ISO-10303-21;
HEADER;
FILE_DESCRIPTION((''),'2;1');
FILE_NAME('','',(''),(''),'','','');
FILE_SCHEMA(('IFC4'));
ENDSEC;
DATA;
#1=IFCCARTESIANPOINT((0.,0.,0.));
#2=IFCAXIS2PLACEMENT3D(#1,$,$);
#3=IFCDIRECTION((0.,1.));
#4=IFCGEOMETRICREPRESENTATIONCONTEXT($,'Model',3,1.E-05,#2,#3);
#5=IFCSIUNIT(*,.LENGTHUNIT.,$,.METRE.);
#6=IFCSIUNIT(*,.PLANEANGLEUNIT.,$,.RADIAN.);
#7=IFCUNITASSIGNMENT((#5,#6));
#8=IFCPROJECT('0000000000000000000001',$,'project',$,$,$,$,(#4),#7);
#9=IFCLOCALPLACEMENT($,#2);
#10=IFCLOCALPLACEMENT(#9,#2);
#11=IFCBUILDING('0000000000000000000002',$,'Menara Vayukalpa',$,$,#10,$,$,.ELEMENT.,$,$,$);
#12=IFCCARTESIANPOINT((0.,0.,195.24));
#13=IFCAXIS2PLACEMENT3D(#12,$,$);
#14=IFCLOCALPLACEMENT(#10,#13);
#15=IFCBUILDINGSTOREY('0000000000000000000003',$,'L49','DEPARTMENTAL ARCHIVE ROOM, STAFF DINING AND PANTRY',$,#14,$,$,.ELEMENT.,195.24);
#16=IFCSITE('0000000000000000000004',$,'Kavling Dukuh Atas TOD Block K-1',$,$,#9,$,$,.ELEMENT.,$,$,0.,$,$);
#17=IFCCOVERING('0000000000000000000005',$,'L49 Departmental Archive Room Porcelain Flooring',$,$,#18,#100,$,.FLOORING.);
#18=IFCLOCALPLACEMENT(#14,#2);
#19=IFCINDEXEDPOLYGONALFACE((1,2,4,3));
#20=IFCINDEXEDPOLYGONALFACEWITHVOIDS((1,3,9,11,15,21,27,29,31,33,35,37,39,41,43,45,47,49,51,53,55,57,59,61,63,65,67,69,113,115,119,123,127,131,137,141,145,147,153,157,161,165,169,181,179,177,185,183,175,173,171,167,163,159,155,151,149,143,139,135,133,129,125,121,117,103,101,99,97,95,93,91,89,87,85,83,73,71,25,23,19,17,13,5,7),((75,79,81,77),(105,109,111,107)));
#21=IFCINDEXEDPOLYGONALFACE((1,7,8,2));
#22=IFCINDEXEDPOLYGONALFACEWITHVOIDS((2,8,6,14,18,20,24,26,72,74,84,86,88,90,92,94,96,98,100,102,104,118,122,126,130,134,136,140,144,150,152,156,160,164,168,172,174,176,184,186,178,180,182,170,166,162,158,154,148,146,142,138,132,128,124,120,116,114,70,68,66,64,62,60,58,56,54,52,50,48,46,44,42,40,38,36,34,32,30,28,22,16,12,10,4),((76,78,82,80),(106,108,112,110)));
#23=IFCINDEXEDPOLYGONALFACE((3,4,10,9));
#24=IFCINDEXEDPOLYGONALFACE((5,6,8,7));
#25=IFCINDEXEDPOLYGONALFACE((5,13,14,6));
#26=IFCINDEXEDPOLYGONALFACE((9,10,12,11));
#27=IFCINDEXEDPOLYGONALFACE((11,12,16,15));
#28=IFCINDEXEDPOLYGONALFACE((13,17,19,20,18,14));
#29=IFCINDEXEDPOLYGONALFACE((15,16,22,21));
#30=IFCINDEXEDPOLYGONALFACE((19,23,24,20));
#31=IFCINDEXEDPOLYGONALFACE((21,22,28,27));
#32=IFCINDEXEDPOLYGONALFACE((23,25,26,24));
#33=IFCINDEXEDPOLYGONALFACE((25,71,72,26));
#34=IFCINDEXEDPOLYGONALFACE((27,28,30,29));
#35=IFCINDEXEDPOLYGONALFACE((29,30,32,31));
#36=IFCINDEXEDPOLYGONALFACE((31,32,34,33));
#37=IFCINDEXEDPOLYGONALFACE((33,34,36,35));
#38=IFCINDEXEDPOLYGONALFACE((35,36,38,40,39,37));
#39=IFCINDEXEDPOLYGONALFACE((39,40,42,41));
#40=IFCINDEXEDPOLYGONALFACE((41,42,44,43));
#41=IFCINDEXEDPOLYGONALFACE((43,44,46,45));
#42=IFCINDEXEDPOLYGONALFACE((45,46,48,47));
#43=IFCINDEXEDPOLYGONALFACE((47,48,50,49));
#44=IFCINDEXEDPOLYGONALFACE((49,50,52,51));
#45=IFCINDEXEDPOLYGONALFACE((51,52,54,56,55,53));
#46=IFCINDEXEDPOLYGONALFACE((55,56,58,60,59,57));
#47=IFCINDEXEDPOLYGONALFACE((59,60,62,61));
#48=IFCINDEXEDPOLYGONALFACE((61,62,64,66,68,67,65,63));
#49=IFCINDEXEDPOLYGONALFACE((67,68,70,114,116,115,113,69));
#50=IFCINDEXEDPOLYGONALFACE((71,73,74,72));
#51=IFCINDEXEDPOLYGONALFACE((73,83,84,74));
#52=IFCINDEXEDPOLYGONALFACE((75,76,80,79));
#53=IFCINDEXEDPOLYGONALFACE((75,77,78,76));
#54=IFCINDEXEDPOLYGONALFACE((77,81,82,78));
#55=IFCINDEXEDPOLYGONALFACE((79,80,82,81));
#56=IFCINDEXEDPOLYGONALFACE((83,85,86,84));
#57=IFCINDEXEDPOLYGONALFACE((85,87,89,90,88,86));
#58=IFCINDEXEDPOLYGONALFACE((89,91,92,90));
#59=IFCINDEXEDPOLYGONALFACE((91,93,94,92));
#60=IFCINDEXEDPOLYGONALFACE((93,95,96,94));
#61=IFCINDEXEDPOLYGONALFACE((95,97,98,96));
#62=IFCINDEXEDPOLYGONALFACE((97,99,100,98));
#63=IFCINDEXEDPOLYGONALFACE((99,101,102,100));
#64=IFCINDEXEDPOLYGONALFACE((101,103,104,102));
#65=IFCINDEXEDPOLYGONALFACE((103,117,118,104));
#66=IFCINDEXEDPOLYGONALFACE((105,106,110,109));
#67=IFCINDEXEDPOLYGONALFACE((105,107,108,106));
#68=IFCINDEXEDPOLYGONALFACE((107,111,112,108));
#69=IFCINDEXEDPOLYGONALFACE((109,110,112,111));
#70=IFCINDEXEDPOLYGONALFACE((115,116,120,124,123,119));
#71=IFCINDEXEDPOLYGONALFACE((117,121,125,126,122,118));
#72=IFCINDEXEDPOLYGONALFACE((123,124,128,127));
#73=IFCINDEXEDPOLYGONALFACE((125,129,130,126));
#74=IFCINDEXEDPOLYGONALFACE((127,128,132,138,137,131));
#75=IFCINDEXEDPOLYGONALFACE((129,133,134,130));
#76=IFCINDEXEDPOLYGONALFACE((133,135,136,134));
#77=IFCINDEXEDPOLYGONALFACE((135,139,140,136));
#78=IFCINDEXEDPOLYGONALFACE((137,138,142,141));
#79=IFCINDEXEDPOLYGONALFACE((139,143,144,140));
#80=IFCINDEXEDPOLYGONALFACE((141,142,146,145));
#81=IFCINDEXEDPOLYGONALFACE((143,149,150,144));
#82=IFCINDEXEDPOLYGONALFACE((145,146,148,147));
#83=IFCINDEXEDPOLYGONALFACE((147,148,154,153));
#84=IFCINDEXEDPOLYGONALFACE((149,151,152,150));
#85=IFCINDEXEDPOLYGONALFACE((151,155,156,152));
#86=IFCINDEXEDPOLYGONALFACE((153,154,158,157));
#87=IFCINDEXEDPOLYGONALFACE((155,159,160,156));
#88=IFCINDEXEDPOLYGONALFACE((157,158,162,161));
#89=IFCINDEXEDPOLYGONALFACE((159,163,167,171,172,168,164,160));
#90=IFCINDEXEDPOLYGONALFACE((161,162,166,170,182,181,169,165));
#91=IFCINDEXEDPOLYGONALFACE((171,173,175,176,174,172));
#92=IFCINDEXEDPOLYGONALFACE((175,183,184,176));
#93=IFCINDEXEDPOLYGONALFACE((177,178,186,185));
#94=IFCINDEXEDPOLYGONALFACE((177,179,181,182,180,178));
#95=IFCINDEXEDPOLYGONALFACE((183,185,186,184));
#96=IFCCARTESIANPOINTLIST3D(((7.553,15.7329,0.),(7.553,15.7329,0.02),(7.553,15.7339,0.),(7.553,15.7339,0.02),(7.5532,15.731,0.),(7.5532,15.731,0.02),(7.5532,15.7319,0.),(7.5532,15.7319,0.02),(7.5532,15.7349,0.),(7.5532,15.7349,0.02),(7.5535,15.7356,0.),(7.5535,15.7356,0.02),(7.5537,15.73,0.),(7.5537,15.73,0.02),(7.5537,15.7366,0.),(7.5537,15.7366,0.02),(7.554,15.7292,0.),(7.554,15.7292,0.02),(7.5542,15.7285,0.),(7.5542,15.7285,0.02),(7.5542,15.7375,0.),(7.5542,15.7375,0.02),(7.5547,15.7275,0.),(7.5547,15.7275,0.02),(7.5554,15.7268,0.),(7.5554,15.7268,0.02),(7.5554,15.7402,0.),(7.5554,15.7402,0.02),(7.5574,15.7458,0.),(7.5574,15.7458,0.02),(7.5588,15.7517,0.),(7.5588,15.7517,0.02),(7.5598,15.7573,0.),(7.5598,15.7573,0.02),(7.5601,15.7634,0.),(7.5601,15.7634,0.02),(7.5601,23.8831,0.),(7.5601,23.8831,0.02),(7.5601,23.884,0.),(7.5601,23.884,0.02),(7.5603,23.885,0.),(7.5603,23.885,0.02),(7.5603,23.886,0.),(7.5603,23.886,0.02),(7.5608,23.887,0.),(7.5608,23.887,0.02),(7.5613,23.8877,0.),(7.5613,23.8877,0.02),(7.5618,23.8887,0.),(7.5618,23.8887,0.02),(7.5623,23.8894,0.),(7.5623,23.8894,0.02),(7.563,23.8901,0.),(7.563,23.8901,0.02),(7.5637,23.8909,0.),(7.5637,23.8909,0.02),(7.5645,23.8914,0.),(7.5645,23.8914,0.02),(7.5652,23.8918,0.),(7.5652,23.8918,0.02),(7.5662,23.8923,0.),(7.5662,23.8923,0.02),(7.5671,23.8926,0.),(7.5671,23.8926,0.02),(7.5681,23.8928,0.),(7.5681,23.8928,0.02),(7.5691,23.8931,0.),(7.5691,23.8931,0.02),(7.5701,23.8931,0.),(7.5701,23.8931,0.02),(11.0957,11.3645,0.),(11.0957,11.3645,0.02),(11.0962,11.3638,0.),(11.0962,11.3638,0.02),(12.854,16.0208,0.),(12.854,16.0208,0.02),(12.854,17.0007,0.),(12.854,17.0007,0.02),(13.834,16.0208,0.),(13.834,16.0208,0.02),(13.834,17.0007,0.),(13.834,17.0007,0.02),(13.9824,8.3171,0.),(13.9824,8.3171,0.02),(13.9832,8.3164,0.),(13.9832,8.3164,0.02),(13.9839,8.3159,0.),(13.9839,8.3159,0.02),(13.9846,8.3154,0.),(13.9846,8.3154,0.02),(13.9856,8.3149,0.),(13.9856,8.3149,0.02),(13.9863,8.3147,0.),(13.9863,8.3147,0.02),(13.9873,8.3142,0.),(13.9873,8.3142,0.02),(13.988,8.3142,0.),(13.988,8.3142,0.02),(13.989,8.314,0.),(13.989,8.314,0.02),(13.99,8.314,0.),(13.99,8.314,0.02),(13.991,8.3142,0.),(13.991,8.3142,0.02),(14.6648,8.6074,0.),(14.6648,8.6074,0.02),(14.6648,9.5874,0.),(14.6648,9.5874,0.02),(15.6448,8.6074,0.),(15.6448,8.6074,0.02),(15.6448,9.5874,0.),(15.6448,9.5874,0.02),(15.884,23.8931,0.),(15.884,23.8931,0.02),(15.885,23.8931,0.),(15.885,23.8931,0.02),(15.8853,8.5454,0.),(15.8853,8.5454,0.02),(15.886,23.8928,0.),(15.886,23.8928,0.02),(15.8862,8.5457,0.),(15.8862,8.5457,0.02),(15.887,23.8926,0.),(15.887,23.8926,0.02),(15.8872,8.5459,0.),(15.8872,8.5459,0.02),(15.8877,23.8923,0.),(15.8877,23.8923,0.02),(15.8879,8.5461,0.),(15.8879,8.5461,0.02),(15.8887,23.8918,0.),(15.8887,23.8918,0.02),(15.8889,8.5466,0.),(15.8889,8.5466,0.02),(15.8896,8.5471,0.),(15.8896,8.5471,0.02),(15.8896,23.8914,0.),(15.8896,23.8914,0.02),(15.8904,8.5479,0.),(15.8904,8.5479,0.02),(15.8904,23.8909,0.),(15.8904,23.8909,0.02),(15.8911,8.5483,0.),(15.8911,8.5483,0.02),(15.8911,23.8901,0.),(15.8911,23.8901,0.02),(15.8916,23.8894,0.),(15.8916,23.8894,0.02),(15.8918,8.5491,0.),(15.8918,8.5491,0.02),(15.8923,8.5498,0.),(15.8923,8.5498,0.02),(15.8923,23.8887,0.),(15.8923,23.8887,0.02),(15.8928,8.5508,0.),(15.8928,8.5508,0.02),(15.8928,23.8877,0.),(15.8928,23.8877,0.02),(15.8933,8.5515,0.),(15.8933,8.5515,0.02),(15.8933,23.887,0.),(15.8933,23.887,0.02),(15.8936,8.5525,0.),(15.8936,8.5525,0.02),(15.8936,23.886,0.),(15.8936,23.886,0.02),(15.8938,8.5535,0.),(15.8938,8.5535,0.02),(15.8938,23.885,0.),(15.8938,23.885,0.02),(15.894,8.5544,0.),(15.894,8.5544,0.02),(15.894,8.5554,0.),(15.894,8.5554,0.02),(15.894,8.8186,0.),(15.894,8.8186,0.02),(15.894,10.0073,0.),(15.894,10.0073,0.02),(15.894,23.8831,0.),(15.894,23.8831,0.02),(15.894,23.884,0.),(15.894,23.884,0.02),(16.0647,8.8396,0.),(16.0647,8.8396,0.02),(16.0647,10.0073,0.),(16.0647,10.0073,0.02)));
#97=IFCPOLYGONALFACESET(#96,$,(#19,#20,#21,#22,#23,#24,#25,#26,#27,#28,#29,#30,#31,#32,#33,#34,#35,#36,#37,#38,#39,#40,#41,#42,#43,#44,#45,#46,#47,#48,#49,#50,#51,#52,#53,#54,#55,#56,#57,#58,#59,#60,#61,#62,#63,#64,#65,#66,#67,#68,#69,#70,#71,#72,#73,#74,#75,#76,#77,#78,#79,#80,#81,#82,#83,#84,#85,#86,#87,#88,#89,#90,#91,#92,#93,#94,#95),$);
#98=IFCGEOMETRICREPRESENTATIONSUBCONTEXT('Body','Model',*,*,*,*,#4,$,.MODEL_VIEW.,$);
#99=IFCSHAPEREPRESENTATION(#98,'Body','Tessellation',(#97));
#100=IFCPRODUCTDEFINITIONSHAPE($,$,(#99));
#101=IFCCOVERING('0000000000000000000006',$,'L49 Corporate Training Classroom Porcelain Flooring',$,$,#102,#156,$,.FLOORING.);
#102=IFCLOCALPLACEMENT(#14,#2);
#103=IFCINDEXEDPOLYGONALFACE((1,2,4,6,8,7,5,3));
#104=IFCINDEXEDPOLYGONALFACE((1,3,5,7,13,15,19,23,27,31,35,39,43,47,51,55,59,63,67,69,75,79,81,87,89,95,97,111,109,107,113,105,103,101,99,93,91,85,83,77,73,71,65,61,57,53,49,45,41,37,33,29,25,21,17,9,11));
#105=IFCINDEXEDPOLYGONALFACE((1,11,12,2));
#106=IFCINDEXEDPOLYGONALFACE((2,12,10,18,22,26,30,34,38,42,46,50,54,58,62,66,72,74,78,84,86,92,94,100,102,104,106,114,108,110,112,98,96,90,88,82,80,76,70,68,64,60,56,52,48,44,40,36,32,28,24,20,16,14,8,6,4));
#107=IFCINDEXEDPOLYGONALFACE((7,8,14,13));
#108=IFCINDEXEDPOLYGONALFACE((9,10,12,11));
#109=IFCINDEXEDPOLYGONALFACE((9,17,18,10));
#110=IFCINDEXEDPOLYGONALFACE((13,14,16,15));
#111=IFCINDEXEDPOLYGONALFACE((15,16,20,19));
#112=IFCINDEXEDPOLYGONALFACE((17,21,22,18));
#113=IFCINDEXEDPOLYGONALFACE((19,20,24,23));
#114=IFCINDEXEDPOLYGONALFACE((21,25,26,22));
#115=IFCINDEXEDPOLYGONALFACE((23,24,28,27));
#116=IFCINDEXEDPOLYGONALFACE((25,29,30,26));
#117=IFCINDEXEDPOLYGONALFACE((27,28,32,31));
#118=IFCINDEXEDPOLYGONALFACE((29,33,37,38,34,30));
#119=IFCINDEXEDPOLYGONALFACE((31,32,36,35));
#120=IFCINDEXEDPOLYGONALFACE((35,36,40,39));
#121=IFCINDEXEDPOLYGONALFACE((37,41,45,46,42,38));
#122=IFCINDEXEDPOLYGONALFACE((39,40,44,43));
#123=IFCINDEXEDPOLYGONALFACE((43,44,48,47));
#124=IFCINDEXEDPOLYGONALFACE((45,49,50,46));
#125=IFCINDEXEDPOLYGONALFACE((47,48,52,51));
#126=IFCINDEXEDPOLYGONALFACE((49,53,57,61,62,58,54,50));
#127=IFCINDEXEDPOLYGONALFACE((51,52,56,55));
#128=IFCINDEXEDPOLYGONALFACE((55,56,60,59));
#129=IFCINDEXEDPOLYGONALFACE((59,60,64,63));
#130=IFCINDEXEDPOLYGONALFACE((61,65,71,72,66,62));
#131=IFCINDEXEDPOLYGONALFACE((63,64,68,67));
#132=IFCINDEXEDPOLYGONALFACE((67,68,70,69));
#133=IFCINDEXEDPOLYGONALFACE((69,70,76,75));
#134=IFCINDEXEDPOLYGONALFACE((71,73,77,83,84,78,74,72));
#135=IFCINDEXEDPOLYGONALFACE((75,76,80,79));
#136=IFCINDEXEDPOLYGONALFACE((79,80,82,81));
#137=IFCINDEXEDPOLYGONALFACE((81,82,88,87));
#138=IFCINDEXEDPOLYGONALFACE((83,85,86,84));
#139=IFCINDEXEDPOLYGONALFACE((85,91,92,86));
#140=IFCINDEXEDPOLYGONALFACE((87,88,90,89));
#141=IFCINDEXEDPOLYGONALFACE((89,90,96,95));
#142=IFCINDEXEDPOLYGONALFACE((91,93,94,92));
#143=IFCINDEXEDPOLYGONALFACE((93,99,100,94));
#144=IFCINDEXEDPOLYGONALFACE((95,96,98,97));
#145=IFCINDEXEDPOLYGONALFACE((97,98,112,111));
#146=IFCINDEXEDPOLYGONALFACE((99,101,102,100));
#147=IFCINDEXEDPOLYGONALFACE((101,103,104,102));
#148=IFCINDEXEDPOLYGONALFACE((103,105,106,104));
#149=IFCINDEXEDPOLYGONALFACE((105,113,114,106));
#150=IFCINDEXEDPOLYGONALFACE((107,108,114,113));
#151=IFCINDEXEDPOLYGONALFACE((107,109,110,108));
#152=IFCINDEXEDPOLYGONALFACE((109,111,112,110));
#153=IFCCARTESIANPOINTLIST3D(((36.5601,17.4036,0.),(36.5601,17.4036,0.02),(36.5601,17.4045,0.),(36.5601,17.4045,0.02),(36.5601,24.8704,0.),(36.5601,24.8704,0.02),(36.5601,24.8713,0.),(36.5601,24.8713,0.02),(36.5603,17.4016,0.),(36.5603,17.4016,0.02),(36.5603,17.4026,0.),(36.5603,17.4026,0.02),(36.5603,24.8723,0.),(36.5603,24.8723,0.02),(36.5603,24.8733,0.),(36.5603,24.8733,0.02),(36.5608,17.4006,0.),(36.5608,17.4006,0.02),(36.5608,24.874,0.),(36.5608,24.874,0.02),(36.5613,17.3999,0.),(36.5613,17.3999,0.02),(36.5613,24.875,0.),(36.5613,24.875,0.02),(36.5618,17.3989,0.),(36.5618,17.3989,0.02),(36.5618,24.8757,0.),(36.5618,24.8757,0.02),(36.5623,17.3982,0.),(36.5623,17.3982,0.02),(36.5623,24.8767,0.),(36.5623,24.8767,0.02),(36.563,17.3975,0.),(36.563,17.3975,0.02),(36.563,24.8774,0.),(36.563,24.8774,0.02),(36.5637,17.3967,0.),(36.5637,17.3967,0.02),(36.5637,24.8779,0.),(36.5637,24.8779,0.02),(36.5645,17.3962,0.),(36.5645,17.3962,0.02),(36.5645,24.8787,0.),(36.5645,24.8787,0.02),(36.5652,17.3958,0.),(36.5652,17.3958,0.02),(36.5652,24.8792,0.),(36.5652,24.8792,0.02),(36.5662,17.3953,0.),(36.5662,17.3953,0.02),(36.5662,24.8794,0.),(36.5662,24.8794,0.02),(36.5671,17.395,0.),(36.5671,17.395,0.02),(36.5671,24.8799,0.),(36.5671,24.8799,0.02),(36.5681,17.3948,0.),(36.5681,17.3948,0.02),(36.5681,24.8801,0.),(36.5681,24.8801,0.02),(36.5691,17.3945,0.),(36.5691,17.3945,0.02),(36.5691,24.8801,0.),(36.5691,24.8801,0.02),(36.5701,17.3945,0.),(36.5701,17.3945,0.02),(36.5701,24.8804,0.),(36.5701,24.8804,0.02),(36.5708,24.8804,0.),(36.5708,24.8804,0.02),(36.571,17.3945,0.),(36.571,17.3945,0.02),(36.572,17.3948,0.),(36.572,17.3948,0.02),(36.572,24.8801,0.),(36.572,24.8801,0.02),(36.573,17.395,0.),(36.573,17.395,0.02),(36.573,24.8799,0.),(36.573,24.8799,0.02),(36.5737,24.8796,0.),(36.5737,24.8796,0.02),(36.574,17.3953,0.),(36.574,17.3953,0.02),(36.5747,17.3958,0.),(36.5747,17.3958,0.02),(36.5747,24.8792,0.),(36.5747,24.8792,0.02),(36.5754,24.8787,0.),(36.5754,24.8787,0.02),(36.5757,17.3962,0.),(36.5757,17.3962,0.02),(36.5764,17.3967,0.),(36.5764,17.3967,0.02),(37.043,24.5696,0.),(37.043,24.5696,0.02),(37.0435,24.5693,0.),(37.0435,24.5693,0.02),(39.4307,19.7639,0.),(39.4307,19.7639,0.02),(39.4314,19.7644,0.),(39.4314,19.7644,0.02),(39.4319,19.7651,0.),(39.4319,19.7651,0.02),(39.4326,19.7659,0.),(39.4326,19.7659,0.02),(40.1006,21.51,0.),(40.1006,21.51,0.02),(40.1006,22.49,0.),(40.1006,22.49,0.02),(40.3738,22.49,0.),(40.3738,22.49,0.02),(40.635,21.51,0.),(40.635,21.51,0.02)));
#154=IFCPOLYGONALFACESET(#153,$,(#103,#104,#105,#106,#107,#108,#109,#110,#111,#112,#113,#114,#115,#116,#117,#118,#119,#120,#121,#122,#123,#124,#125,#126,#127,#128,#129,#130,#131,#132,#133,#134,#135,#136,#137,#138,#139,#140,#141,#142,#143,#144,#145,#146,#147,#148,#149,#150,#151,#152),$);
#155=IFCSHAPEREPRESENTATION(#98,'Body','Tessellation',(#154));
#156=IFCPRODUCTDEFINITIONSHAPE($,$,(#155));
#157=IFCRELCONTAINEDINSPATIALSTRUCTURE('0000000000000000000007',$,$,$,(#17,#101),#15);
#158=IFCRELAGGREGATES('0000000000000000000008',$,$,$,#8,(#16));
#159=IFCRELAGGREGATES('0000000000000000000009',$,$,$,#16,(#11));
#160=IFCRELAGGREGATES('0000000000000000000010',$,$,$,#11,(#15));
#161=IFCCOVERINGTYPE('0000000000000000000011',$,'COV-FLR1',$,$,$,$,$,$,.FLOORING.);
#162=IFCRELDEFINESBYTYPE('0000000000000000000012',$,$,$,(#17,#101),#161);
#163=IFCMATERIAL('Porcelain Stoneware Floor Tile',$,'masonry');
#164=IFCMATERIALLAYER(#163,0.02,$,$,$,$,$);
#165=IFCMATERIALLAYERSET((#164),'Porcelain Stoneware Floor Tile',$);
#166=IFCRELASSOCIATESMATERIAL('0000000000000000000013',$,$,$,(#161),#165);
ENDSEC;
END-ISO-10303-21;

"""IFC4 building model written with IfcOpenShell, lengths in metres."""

from ifc_helpers import new_model, si_unit, direction, frame, origin, place, context, subcontext, project, spatial, polyline, outline, extrude, material, layer, layer_set, type_object, element, save


model = new_model("IFC4")

# Units and contexts
model_context = context("Model", 3, precision=1e-05, world=origin(), true_north=direction((0.0, 1.0)))
body_context = subcontext(model_context, "Body", "Model", "MODEL_VIEW")
ifc_project = project(units=[si_unit("LENGTHUNIT", "METRE"), si_unit("PLANEANGLEUNIT", "RADIAN")], contexts=[model_context])

# Site, building, storey
site_placement = place(None, origin())
site = spatial("IfcSite", under=ifc_project, at=site_placement, Name="Kavling Dukuh Atas TOD Block K-1", CompositionType="ELEMENT", RefElevation=0.0)
building_placement = place(site_placement, origin())
building = spatial("IfcBuilding", under=site, at=building_placement, Name="Menara Vayukalpa", CompositionType="ELEMENT")
storey_placement = place(building_placement, frame((0.0, 0.0, 195.24)))
storey = spatial("IfcBuildingStorey", under=building, at=storey_placement, Name="L49", Description="DEPARTMENTAL ARCHIVE ROOM, STAFF DINING AND PANTRY", CompositionType="ELEMENT", Elevation=195.24)

# Coverings
ifc_material_1 = material(Name="Porcelain Stoneware Floor Tile", Category="masonry")
ifc_layer_1 = layer(ifc_material_1, 0.02)
ifc_layer_set_1 = layer_set([ifc_layer_1], Name="Porcelain Stoneware Floor Tile")
covering_type_1 = type_object("IfcCoveringType", Name="COV-FLR1", PredefinedType="FLOORING", material=ifc_layer_set_1)
covering_1_placement = place(storey_placement, origin())
element("IfcCovering", 1, at=covering_1_placement, inside=storey, type_object=covering_type_1, Name="L49 Departmental Archive Room Porcelain Flooring", PredefinedType="FLOORING", context=body_context, shape_type="SweptSolid", body=[
    extrude(outline(polyline([(16.0647, 8.8396), (15.894, 8.8186), (15.894, 8.5554), (15.894, 8.5544), (15.8938, 8.5535), (15.8936, 8.5525), (15.8933, 8.5515), (15.8928, 8.5508), (15.8923, 8.5498), (15.8918, 8.5491), (15.8911, 8.5483), (15.8904, 8.5479), (15.8896, 8.5471), (15.8889, 8.5466), (15.8879, 8.5461), (15.8872, 8.5459), (15.8862, 8.5457), (15.8853, 8.5454), (13.991, 8.3142), (13.99, 8.314), (13.989, 8.314), (13.988, 8.3142), (13.9873, 8.3142), (13.9863, 8.3147), (13.9856, 8.3149), (13.9846, 8.3154), (13.9839, 8.3159), (13.9832, 8.3164), (13.9824, 8.3171), (11.0962, 11.3638), (11.0957, 11.3645), (7.5554, 15.7268), (7.5547, 15.7275), (7.5542, 15.7285), (7.554, 15.7292), (7.5537, 15.73), (7.5532, 15.731), (7.5532, 15.7319), (7.553, 15.7329), (7.553, 15.7339), (7.5532, 15.7349), (7.5535, 15.7356), (7.5537, 15.7366), (7.5542, 15.7375), (7.5554, 15.7402), (7.5574, 15.7458), (7.5588, 15.7517), (7.5598, 15.7573), (7.5601, 15.7634), (7.5601, 23.8831), (7.5601, 23.884), (7.5603, 23.885), (7.5603, 23.886), (7.5608, 23.887), (7.5613, 23.8877), (7.5618, 23.8887), (7.5623, 23.8894), (7.563, 23.8901), (7.5637, 23.8909), (7.5645, 23.8914), (7.5652, 23.8918), (7.5662, 23.8923), (7.5671, 23.8926), (7.5681, 23.8928), (7.5691, 23.8931), (7.5701, 23.8931), (15.884, 23.8931), (15.885, 23.8931), (15.886, 23.8928), (15.887, 23.8926), (15.8877, 23.8923), (15.8887, 23.8918), (15.8896, 23.8914), (15.8904, 23.8909), (15.8911, 23.8901), (15.8916, 23.8894), (15.8923, 23.8887), (15.8928, 23.8877), (15.8933, 23.887), (15.8936, 23.886), (15.8938, 23.885), (15.894, 23.884), (15.894, 23.8831), (15.894, 10.0073), (16.0647, 10.0073), (16.0647, 8.8396)]), holes=[polyline([(15.6448, 9.5874), (14.6648, 9.5874), (14.6648, 8.6074), (15.6448, 8.6074), (15.6448, 9.5874)]), polyline([(13.834, 17.0007), (12.854, 17.0007), (12.854, 16.0208), (13.834, 16.0208), (13.834, 17.0007)])]), origin(), (0.0, 0.0, 1.0), 0.02),
])
covering_2_placement = place(storey_placement, origin())
element("IfcCovering", 2, at=covering_2_placement, inside=storey, type_object=covering_type_1, Name="L49 Corporate Training Classroom Porcelain Flooring", PredefinedType="FLOORING", context=body_context, shape_type="SweptSolid", body=[
    extrude(outline(polyline([(37.0435, 24.5693), (40.3738, 22.49), (40.1006, 22.49), (40.1006, 21.51), (40.635, 21.51), (39.4326, 19.7659), (39.4319, 19.7651), (39.4314, 19.7644), (39.4307, 19.7639), (36.5764, 17.3967), (36.5757, 17.3962), (36.5747, 17.3958), (36.574, 17.3953), (36.573, 17.395), (36.572, 17.3948), (36.571, 17.3945), (36.5701, 17.3945), (36.5691, 17.3945), (36.5681, 17.3948), (36.5671, 17.395), (36.5662, 17.3953), (36.5652, 17.3958), (36.5645, 17.3962), (36.5637, 17.3967), (36.563, 17.3975), (36.5623, 17.3982), (36.5618, 17.3989), (36.5613, 17.3999), (36.5608, 17.4006), (36.5603, 17.4016), (36.5603, 17.4026), (36.5601, 17.4036), (36.5601, 17.4045), (36.5601, 24.8704), (36.5601, 24.8713), (36.5603, 24.8723), (36.5603, 24.8733), (36.5608, 24.874), (36.5613, 24.875), (36.5618, 24.8757), (36.5623, 24.8767), (36.563, 24.8774), (36.5637, 24.8779), (36.5645, 24.8787), (36.5652, 24.8792), (36.5662, 24.8794), (36.5671, 24.8799), (36.5681, 24.8801), (36.5691, 24.8801), (36.5701, 24.8804), (36.5708, 24.8804), (36.572, 24.8801), (36.573, 24.8799), (36.5737, 24.8796), (36.5747, 24.8792), (36.5754, 24.8787), (37.043, 24.5696), (37.0435, 24.5693), (37.0435, 24.5693)])), origin(), (0.0, 0.0, 1.0), 0.02),
])

save(model, "model.ifc")
